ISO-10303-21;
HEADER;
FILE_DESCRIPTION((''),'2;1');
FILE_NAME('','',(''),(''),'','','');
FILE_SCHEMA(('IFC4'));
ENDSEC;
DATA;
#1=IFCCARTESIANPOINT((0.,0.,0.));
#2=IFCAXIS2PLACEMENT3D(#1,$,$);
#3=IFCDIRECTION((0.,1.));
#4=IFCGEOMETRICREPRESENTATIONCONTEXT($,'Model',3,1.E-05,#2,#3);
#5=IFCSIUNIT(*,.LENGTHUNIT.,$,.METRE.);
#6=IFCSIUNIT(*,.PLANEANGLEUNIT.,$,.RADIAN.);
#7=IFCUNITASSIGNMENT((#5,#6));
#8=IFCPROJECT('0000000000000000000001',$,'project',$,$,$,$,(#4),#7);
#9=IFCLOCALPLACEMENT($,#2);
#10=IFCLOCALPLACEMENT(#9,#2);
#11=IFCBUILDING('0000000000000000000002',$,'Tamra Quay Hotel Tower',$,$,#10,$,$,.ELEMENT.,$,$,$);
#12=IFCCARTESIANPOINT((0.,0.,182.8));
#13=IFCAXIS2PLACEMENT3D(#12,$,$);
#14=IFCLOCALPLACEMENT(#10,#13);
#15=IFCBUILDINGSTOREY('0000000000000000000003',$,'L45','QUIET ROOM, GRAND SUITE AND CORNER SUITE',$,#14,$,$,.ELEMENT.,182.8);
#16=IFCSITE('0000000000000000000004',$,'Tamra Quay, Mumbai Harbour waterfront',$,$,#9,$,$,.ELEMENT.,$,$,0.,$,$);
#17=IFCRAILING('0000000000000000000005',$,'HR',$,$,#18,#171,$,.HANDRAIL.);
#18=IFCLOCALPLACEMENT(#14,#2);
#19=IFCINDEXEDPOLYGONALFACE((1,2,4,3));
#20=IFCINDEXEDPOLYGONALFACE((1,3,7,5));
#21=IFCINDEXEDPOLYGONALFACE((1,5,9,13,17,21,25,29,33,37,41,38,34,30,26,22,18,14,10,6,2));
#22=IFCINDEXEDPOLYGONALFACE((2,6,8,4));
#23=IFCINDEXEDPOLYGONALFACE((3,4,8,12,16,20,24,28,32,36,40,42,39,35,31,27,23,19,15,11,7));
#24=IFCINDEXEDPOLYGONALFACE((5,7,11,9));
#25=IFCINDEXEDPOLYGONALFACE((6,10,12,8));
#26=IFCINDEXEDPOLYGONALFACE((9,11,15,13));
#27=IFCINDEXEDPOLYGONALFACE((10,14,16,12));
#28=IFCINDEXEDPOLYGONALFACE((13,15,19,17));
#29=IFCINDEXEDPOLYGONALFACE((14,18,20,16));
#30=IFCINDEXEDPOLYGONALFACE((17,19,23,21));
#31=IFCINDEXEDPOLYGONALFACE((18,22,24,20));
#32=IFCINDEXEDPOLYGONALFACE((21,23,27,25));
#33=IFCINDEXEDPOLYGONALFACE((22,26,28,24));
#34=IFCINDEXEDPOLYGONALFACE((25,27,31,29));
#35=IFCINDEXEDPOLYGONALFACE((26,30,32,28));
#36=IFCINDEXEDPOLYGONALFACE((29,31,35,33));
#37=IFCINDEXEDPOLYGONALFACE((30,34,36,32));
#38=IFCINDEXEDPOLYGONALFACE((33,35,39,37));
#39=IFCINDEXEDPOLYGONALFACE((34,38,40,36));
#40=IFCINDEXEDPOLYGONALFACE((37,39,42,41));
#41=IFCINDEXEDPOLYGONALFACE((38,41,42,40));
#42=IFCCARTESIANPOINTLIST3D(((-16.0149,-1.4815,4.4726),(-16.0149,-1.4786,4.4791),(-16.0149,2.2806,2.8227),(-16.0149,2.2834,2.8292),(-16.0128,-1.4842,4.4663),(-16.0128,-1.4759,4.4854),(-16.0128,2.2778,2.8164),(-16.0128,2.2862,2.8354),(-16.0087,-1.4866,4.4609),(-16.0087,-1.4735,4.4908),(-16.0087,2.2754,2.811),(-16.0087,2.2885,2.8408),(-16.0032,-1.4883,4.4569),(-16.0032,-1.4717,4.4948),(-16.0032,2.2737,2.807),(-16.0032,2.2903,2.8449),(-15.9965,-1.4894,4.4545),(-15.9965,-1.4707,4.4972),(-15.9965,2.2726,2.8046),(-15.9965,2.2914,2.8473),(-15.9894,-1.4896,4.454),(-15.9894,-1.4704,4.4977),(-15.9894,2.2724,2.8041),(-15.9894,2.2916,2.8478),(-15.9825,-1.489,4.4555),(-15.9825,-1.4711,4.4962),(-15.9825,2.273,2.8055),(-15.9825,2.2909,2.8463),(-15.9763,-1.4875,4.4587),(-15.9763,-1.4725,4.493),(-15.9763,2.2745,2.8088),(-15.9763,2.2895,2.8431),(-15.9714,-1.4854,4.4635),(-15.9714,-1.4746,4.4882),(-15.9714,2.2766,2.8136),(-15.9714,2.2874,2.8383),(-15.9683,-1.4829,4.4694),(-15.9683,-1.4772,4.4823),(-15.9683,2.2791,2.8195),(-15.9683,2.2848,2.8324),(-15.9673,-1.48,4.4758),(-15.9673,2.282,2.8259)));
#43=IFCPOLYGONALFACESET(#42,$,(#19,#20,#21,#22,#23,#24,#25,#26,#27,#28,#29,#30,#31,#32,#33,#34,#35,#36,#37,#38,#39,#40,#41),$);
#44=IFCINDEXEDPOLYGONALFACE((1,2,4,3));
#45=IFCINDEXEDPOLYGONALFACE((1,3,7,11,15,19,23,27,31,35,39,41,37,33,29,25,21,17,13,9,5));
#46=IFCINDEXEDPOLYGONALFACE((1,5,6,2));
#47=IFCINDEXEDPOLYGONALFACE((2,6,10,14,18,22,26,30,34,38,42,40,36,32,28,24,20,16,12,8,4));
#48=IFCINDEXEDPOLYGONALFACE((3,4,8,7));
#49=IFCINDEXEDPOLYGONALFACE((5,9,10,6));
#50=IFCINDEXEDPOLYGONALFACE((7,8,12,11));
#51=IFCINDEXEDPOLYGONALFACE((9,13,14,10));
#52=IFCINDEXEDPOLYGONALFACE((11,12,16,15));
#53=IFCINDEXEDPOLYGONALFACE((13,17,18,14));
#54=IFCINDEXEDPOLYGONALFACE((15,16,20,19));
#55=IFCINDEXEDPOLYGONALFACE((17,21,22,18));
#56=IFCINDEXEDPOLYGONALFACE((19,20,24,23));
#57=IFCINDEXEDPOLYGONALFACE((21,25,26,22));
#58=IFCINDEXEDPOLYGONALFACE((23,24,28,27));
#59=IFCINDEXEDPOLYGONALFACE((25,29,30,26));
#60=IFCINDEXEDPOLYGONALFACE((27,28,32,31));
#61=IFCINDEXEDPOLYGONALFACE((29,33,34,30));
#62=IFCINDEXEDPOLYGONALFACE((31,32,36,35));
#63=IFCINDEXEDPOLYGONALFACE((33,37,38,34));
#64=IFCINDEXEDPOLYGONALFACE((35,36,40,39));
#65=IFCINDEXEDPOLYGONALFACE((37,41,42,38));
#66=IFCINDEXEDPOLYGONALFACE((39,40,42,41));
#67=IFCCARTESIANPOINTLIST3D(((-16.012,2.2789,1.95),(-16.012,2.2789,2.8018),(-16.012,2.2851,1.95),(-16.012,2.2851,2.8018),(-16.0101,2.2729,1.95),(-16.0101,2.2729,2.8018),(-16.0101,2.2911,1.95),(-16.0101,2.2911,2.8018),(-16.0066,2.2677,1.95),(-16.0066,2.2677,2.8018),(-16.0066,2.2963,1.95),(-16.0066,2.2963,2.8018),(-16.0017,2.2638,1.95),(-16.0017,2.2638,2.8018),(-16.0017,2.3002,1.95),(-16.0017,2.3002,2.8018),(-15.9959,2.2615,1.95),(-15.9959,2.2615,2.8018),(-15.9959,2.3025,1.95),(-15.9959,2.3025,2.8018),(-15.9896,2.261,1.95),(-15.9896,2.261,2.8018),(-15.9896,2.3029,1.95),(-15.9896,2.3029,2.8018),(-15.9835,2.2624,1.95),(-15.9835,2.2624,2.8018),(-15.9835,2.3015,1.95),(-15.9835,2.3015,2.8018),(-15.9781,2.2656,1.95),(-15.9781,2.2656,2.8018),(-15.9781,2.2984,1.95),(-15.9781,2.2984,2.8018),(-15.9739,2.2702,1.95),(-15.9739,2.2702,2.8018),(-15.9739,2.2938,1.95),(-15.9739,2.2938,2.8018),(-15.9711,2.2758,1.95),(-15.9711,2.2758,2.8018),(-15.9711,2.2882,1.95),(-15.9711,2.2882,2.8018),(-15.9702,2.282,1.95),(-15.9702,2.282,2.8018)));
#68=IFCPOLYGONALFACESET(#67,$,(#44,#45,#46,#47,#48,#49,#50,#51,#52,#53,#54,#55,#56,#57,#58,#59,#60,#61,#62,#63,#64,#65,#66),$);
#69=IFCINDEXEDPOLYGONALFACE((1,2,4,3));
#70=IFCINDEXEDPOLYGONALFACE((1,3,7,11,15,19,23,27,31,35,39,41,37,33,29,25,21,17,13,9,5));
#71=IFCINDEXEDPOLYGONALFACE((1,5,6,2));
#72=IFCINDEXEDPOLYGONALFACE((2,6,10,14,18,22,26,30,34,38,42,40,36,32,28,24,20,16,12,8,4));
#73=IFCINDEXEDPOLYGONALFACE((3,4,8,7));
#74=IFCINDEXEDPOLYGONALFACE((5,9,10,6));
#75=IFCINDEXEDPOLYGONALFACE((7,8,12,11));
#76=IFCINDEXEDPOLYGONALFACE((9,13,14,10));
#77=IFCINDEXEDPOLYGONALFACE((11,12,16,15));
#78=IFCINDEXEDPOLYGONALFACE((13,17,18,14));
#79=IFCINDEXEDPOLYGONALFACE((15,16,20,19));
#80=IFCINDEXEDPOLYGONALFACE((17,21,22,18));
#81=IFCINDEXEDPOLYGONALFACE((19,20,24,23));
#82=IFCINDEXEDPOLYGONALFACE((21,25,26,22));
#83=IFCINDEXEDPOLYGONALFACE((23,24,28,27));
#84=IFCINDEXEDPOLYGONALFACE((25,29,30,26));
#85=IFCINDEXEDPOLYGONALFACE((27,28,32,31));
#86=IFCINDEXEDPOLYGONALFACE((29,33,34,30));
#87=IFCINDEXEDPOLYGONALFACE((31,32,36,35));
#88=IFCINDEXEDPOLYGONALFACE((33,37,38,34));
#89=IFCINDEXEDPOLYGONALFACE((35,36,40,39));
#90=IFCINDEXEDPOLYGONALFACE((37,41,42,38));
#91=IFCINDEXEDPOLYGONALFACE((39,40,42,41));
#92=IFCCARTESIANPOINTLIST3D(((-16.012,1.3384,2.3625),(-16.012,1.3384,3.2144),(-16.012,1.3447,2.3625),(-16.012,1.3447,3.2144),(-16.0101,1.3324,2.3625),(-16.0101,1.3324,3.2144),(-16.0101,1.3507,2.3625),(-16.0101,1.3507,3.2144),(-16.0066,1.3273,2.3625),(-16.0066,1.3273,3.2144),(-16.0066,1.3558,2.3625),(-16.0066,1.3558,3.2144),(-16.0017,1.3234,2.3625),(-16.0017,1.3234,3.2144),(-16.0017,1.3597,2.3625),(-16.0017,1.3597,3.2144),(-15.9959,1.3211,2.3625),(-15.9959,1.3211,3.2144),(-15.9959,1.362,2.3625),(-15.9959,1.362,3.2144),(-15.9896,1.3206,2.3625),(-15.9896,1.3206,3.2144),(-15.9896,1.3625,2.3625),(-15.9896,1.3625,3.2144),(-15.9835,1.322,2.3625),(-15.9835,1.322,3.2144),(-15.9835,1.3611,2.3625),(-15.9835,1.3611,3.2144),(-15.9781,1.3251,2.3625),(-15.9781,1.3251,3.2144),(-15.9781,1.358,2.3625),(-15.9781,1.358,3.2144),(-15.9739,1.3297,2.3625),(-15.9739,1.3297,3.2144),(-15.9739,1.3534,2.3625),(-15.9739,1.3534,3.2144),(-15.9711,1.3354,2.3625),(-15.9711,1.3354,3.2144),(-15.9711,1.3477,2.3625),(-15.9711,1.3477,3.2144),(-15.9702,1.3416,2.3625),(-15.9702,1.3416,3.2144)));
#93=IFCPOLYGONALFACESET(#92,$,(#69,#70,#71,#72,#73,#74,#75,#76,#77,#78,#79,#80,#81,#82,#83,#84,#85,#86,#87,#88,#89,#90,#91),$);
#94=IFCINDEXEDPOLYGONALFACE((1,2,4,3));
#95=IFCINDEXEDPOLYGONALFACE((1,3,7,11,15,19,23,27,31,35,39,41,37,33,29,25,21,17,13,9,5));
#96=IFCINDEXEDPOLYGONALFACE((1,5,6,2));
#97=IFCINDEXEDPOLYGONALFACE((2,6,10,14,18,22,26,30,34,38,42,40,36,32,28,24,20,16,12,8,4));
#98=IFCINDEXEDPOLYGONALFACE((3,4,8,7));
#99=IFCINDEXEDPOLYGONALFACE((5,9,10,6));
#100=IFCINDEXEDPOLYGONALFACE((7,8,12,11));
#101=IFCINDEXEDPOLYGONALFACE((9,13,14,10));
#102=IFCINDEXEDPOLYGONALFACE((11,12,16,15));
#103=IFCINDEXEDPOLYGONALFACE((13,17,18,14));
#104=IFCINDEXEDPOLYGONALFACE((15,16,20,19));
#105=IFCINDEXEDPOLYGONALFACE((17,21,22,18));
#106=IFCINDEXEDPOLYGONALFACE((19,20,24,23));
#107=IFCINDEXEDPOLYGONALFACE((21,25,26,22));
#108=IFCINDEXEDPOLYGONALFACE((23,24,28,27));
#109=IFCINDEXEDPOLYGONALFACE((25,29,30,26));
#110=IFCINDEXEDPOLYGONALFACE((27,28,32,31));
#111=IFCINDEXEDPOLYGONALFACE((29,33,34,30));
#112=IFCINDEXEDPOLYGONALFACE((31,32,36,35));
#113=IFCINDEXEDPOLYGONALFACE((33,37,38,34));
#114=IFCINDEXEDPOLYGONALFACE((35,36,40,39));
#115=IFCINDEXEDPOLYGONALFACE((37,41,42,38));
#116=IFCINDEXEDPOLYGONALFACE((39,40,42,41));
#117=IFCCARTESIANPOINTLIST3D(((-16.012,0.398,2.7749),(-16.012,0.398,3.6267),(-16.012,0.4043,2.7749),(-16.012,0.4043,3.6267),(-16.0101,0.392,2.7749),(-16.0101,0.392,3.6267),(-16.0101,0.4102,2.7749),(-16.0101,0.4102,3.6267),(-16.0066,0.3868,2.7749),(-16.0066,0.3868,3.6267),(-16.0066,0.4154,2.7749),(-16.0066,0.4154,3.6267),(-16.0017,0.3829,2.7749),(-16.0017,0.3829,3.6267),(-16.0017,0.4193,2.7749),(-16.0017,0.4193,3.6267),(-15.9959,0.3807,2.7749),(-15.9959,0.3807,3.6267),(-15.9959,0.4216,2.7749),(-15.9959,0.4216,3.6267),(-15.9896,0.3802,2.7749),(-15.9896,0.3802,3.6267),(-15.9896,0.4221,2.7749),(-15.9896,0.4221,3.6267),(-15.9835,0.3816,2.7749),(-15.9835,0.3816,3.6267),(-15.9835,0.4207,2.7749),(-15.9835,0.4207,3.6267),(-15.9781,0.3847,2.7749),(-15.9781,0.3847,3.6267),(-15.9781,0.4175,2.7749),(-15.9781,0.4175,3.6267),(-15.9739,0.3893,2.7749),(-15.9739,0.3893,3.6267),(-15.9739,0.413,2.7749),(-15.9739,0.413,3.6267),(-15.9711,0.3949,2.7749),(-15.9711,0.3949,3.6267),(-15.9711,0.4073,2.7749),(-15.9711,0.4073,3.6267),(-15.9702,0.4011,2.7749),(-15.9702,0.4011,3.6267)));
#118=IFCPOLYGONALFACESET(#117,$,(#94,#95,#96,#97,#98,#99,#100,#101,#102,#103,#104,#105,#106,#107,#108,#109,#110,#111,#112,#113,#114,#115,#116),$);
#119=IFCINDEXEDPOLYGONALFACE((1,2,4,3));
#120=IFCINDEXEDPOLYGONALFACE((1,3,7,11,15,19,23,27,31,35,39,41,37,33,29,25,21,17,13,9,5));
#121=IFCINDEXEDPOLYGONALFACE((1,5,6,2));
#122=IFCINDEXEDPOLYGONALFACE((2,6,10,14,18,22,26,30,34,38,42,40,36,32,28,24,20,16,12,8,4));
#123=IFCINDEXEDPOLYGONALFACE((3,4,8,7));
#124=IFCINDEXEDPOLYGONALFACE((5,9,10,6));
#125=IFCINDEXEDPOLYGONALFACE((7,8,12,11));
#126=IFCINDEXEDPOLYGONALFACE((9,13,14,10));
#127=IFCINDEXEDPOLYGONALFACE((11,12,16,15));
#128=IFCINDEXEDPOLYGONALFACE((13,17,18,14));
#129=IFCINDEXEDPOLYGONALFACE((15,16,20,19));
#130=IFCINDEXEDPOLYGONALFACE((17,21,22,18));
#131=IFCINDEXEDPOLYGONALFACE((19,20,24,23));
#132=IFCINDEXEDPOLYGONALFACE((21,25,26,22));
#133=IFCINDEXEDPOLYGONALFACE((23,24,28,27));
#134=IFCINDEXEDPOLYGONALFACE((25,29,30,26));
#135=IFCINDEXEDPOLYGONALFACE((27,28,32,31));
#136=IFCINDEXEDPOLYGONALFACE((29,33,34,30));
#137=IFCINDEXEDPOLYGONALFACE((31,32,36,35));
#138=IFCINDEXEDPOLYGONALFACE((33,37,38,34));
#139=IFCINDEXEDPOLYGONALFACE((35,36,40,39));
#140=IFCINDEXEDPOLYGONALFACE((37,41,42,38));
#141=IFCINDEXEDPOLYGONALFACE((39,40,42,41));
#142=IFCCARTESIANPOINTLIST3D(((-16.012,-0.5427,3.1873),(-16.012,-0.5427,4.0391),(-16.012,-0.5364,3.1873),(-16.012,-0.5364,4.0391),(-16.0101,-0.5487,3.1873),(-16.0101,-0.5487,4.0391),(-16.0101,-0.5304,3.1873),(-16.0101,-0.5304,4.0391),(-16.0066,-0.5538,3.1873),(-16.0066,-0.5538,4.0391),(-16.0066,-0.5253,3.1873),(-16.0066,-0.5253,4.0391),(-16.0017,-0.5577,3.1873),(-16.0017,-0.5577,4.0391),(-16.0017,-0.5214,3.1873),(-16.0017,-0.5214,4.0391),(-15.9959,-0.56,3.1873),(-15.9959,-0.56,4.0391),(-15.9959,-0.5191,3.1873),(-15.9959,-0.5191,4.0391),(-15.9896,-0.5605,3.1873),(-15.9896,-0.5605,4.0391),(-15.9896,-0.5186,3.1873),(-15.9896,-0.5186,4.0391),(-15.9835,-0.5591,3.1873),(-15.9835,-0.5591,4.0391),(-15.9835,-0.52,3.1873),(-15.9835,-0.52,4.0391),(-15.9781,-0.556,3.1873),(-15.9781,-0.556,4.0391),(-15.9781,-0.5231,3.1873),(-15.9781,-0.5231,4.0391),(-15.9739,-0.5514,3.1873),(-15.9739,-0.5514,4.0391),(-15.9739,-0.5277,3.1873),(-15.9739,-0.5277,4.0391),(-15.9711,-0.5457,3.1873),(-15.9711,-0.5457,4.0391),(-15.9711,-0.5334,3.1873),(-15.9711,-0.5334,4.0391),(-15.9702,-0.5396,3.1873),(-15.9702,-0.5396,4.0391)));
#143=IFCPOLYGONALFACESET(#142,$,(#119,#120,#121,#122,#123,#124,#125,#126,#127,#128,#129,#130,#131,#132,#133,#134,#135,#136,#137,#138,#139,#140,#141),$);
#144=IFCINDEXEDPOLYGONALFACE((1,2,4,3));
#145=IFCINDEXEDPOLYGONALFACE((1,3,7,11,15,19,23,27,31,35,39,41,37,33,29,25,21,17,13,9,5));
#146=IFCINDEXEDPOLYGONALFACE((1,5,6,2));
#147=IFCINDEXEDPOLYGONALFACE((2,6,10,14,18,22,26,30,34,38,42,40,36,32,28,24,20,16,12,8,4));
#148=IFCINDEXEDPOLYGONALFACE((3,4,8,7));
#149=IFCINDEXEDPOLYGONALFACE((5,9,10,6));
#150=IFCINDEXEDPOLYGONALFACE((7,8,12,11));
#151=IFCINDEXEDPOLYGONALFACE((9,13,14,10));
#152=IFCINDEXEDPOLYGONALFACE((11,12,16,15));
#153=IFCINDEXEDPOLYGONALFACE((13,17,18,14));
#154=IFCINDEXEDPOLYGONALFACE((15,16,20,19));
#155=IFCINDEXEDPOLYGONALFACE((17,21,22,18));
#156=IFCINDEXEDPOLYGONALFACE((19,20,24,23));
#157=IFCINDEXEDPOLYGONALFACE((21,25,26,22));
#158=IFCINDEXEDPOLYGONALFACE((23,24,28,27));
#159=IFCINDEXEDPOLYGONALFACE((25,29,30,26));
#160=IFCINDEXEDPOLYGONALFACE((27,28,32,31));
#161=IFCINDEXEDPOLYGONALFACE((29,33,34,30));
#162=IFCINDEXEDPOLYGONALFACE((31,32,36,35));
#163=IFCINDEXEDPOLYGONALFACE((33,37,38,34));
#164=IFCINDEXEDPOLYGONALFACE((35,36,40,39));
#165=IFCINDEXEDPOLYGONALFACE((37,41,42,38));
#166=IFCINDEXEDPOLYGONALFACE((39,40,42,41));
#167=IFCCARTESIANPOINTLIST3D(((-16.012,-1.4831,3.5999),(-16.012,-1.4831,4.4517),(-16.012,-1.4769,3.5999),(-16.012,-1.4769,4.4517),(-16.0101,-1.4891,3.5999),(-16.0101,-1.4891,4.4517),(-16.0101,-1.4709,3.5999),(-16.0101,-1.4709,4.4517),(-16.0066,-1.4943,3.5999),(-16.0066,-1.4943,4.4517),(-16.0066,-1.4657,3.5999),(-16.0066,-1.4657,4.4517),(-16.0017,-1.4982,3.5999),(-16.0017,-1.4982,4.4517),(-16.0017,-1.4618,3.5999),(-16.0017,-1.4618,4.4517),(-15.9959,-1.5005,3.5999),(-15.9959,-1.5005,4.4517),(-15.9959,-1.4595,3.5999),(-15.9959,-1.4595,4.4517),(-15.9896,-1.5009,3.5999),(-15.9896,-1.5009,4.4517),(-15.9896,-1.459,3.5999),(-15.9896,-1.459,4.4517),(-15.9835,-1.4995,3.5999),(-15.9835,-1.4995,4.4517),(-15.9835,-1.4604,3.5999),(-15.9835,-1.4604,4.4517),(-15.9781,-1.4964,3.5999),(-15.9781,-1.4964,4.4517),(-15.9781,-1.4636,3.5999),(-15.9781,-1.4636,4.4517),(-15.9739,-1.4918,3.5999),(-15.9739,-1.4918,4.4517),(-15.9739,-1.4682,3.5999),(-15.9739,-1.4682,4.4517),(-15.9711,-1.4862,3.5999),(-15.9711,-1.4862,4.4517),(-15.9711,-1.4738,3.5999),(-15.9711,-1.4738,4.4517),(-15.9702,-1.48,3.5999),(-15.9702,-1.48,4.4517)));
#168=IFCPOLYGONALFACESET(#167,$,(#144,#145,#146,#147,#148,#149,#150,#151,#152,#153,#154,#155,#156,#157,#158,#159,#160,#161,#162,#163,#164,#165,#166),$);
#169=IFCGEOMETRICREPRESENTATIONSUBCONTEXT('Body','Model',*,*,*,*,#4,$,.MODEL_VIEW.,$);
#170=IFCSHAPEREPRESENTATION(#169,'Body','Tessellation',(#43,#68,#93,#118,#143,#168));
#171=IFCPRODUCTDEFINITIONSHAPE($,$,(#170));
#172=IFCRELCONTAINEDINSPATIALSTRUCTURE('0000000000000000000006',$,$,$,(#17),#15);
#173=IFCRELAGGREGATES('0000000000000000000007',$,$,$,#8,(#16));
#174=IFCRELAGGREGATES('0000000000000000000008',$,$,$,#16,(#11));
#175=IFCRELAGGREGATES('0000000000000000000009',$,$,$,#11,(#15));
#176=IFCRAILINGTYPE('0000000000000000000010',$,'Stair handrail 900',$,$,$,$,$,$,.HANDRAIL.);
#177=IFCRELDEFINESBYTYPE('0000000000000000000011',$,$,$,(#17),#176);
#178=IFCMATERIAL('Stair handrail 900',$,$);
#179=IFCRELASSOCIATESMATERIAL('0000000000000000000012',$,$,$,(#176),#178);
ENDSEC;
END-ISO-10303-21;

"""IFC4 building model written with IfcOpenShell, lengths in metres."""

from ifc_helpers import new_model, si_unit, direction, frame, origin, origin_2d, place, context, subcontext, project, spatial, circle, extrude, material, type_object, element, save


model = new_model("IFC4")

# Units and contexts
model_context = context("Model", 3, precision=1e-05, world=origin(), true_north=direction((0.0, 1.0)))
body_context = subcontext(model_context, "Body", "Model", "MODEL_VIEW")
ifc_project = project(units=[si_unit("LENGTHUNIT", "METRE"), si_unit("PLANEANGLEUNIT", "RADIAN")], contexts=[model_context])

# Site, building, storey
site_placement = place(None, origin())
site = spatial("IfcSite", under=ifc_project, at=site_placement, Name="Tamra Quay, Mumbai Harbour waterfront", CompositionType="ELEMENT", RefElevation=0.0)
building_placement = place(site_placement, origin())
building = spatial("IfcBuilding", under=site, at=building_placement, Name="Tamra Quay Hotel Tower", CompositionType="ELEMENT")
storey_placement = place(building_placement, frame((0.0, 0.0, 182.8)))
storey = spatial("IfcBuildingStorey", under=building, at=storey_placement, Name="L45", Description="QUIET ROOM, GRAND SUITE AND CORNER SUITE", CompositionType="ELEMENT", Elevation=182.8)

# Railing
ifc_material_1 = material(Name="Stair handrail 900")
railing_type = type_object("IfcRailingType", Name="Stair handrail 900", PredefinedType="HANDRAIL", material=ifc_material_1)
railing_placement = place(storey_placement, frame((-15.9912, 2.282, 1.95)))
element("IfcRailing", 1, at=railing_placement, inside=storey, type_object=railing_type, Name="HR", PredefinedType="HANDRAIL", context=body_context, shape_type="SweptSolid", body=[
    extrude(circle(Radius=0.0239, at=origin_2d()), frame((0.0, 0.0, 0.876), z_axis=(0.0, -0.915795, 0.401645), x_axis=(1.0, 0.0, 0.0)), (0.0, 0.0, 1.0), 4.1079),
    extrude(circle(Radius=0.021, at=origin_2d()), origin(), (0.0, 0.0, 1.0), 0.8518),
    extrude(circle(Radius=0.021, at=origin_2d()), frame((0.0, -0.9404, 0.4126)), (0.0, 0.0, 1.0), 0.8518),
    extrude(circle(Radius=0.021, at=origin_2d()), frame((0.0, -1.8809, 0.825)), (0.0, 0.0, 1.0), 0.8518),
    extrude(circle(Radius=0.021, at=origin_2d()), frame((0.0, -2.8215, 1.2373)), (0.0, 0.0, 1.0), 0.8518),
    extrude(circle(Radius=0.021, at=origin_2d()), frame((0.0, -3.762, 1.6499)), (0.0, 0.0, 1.0), 0.8518),
])

save(model, "model.ifc")
